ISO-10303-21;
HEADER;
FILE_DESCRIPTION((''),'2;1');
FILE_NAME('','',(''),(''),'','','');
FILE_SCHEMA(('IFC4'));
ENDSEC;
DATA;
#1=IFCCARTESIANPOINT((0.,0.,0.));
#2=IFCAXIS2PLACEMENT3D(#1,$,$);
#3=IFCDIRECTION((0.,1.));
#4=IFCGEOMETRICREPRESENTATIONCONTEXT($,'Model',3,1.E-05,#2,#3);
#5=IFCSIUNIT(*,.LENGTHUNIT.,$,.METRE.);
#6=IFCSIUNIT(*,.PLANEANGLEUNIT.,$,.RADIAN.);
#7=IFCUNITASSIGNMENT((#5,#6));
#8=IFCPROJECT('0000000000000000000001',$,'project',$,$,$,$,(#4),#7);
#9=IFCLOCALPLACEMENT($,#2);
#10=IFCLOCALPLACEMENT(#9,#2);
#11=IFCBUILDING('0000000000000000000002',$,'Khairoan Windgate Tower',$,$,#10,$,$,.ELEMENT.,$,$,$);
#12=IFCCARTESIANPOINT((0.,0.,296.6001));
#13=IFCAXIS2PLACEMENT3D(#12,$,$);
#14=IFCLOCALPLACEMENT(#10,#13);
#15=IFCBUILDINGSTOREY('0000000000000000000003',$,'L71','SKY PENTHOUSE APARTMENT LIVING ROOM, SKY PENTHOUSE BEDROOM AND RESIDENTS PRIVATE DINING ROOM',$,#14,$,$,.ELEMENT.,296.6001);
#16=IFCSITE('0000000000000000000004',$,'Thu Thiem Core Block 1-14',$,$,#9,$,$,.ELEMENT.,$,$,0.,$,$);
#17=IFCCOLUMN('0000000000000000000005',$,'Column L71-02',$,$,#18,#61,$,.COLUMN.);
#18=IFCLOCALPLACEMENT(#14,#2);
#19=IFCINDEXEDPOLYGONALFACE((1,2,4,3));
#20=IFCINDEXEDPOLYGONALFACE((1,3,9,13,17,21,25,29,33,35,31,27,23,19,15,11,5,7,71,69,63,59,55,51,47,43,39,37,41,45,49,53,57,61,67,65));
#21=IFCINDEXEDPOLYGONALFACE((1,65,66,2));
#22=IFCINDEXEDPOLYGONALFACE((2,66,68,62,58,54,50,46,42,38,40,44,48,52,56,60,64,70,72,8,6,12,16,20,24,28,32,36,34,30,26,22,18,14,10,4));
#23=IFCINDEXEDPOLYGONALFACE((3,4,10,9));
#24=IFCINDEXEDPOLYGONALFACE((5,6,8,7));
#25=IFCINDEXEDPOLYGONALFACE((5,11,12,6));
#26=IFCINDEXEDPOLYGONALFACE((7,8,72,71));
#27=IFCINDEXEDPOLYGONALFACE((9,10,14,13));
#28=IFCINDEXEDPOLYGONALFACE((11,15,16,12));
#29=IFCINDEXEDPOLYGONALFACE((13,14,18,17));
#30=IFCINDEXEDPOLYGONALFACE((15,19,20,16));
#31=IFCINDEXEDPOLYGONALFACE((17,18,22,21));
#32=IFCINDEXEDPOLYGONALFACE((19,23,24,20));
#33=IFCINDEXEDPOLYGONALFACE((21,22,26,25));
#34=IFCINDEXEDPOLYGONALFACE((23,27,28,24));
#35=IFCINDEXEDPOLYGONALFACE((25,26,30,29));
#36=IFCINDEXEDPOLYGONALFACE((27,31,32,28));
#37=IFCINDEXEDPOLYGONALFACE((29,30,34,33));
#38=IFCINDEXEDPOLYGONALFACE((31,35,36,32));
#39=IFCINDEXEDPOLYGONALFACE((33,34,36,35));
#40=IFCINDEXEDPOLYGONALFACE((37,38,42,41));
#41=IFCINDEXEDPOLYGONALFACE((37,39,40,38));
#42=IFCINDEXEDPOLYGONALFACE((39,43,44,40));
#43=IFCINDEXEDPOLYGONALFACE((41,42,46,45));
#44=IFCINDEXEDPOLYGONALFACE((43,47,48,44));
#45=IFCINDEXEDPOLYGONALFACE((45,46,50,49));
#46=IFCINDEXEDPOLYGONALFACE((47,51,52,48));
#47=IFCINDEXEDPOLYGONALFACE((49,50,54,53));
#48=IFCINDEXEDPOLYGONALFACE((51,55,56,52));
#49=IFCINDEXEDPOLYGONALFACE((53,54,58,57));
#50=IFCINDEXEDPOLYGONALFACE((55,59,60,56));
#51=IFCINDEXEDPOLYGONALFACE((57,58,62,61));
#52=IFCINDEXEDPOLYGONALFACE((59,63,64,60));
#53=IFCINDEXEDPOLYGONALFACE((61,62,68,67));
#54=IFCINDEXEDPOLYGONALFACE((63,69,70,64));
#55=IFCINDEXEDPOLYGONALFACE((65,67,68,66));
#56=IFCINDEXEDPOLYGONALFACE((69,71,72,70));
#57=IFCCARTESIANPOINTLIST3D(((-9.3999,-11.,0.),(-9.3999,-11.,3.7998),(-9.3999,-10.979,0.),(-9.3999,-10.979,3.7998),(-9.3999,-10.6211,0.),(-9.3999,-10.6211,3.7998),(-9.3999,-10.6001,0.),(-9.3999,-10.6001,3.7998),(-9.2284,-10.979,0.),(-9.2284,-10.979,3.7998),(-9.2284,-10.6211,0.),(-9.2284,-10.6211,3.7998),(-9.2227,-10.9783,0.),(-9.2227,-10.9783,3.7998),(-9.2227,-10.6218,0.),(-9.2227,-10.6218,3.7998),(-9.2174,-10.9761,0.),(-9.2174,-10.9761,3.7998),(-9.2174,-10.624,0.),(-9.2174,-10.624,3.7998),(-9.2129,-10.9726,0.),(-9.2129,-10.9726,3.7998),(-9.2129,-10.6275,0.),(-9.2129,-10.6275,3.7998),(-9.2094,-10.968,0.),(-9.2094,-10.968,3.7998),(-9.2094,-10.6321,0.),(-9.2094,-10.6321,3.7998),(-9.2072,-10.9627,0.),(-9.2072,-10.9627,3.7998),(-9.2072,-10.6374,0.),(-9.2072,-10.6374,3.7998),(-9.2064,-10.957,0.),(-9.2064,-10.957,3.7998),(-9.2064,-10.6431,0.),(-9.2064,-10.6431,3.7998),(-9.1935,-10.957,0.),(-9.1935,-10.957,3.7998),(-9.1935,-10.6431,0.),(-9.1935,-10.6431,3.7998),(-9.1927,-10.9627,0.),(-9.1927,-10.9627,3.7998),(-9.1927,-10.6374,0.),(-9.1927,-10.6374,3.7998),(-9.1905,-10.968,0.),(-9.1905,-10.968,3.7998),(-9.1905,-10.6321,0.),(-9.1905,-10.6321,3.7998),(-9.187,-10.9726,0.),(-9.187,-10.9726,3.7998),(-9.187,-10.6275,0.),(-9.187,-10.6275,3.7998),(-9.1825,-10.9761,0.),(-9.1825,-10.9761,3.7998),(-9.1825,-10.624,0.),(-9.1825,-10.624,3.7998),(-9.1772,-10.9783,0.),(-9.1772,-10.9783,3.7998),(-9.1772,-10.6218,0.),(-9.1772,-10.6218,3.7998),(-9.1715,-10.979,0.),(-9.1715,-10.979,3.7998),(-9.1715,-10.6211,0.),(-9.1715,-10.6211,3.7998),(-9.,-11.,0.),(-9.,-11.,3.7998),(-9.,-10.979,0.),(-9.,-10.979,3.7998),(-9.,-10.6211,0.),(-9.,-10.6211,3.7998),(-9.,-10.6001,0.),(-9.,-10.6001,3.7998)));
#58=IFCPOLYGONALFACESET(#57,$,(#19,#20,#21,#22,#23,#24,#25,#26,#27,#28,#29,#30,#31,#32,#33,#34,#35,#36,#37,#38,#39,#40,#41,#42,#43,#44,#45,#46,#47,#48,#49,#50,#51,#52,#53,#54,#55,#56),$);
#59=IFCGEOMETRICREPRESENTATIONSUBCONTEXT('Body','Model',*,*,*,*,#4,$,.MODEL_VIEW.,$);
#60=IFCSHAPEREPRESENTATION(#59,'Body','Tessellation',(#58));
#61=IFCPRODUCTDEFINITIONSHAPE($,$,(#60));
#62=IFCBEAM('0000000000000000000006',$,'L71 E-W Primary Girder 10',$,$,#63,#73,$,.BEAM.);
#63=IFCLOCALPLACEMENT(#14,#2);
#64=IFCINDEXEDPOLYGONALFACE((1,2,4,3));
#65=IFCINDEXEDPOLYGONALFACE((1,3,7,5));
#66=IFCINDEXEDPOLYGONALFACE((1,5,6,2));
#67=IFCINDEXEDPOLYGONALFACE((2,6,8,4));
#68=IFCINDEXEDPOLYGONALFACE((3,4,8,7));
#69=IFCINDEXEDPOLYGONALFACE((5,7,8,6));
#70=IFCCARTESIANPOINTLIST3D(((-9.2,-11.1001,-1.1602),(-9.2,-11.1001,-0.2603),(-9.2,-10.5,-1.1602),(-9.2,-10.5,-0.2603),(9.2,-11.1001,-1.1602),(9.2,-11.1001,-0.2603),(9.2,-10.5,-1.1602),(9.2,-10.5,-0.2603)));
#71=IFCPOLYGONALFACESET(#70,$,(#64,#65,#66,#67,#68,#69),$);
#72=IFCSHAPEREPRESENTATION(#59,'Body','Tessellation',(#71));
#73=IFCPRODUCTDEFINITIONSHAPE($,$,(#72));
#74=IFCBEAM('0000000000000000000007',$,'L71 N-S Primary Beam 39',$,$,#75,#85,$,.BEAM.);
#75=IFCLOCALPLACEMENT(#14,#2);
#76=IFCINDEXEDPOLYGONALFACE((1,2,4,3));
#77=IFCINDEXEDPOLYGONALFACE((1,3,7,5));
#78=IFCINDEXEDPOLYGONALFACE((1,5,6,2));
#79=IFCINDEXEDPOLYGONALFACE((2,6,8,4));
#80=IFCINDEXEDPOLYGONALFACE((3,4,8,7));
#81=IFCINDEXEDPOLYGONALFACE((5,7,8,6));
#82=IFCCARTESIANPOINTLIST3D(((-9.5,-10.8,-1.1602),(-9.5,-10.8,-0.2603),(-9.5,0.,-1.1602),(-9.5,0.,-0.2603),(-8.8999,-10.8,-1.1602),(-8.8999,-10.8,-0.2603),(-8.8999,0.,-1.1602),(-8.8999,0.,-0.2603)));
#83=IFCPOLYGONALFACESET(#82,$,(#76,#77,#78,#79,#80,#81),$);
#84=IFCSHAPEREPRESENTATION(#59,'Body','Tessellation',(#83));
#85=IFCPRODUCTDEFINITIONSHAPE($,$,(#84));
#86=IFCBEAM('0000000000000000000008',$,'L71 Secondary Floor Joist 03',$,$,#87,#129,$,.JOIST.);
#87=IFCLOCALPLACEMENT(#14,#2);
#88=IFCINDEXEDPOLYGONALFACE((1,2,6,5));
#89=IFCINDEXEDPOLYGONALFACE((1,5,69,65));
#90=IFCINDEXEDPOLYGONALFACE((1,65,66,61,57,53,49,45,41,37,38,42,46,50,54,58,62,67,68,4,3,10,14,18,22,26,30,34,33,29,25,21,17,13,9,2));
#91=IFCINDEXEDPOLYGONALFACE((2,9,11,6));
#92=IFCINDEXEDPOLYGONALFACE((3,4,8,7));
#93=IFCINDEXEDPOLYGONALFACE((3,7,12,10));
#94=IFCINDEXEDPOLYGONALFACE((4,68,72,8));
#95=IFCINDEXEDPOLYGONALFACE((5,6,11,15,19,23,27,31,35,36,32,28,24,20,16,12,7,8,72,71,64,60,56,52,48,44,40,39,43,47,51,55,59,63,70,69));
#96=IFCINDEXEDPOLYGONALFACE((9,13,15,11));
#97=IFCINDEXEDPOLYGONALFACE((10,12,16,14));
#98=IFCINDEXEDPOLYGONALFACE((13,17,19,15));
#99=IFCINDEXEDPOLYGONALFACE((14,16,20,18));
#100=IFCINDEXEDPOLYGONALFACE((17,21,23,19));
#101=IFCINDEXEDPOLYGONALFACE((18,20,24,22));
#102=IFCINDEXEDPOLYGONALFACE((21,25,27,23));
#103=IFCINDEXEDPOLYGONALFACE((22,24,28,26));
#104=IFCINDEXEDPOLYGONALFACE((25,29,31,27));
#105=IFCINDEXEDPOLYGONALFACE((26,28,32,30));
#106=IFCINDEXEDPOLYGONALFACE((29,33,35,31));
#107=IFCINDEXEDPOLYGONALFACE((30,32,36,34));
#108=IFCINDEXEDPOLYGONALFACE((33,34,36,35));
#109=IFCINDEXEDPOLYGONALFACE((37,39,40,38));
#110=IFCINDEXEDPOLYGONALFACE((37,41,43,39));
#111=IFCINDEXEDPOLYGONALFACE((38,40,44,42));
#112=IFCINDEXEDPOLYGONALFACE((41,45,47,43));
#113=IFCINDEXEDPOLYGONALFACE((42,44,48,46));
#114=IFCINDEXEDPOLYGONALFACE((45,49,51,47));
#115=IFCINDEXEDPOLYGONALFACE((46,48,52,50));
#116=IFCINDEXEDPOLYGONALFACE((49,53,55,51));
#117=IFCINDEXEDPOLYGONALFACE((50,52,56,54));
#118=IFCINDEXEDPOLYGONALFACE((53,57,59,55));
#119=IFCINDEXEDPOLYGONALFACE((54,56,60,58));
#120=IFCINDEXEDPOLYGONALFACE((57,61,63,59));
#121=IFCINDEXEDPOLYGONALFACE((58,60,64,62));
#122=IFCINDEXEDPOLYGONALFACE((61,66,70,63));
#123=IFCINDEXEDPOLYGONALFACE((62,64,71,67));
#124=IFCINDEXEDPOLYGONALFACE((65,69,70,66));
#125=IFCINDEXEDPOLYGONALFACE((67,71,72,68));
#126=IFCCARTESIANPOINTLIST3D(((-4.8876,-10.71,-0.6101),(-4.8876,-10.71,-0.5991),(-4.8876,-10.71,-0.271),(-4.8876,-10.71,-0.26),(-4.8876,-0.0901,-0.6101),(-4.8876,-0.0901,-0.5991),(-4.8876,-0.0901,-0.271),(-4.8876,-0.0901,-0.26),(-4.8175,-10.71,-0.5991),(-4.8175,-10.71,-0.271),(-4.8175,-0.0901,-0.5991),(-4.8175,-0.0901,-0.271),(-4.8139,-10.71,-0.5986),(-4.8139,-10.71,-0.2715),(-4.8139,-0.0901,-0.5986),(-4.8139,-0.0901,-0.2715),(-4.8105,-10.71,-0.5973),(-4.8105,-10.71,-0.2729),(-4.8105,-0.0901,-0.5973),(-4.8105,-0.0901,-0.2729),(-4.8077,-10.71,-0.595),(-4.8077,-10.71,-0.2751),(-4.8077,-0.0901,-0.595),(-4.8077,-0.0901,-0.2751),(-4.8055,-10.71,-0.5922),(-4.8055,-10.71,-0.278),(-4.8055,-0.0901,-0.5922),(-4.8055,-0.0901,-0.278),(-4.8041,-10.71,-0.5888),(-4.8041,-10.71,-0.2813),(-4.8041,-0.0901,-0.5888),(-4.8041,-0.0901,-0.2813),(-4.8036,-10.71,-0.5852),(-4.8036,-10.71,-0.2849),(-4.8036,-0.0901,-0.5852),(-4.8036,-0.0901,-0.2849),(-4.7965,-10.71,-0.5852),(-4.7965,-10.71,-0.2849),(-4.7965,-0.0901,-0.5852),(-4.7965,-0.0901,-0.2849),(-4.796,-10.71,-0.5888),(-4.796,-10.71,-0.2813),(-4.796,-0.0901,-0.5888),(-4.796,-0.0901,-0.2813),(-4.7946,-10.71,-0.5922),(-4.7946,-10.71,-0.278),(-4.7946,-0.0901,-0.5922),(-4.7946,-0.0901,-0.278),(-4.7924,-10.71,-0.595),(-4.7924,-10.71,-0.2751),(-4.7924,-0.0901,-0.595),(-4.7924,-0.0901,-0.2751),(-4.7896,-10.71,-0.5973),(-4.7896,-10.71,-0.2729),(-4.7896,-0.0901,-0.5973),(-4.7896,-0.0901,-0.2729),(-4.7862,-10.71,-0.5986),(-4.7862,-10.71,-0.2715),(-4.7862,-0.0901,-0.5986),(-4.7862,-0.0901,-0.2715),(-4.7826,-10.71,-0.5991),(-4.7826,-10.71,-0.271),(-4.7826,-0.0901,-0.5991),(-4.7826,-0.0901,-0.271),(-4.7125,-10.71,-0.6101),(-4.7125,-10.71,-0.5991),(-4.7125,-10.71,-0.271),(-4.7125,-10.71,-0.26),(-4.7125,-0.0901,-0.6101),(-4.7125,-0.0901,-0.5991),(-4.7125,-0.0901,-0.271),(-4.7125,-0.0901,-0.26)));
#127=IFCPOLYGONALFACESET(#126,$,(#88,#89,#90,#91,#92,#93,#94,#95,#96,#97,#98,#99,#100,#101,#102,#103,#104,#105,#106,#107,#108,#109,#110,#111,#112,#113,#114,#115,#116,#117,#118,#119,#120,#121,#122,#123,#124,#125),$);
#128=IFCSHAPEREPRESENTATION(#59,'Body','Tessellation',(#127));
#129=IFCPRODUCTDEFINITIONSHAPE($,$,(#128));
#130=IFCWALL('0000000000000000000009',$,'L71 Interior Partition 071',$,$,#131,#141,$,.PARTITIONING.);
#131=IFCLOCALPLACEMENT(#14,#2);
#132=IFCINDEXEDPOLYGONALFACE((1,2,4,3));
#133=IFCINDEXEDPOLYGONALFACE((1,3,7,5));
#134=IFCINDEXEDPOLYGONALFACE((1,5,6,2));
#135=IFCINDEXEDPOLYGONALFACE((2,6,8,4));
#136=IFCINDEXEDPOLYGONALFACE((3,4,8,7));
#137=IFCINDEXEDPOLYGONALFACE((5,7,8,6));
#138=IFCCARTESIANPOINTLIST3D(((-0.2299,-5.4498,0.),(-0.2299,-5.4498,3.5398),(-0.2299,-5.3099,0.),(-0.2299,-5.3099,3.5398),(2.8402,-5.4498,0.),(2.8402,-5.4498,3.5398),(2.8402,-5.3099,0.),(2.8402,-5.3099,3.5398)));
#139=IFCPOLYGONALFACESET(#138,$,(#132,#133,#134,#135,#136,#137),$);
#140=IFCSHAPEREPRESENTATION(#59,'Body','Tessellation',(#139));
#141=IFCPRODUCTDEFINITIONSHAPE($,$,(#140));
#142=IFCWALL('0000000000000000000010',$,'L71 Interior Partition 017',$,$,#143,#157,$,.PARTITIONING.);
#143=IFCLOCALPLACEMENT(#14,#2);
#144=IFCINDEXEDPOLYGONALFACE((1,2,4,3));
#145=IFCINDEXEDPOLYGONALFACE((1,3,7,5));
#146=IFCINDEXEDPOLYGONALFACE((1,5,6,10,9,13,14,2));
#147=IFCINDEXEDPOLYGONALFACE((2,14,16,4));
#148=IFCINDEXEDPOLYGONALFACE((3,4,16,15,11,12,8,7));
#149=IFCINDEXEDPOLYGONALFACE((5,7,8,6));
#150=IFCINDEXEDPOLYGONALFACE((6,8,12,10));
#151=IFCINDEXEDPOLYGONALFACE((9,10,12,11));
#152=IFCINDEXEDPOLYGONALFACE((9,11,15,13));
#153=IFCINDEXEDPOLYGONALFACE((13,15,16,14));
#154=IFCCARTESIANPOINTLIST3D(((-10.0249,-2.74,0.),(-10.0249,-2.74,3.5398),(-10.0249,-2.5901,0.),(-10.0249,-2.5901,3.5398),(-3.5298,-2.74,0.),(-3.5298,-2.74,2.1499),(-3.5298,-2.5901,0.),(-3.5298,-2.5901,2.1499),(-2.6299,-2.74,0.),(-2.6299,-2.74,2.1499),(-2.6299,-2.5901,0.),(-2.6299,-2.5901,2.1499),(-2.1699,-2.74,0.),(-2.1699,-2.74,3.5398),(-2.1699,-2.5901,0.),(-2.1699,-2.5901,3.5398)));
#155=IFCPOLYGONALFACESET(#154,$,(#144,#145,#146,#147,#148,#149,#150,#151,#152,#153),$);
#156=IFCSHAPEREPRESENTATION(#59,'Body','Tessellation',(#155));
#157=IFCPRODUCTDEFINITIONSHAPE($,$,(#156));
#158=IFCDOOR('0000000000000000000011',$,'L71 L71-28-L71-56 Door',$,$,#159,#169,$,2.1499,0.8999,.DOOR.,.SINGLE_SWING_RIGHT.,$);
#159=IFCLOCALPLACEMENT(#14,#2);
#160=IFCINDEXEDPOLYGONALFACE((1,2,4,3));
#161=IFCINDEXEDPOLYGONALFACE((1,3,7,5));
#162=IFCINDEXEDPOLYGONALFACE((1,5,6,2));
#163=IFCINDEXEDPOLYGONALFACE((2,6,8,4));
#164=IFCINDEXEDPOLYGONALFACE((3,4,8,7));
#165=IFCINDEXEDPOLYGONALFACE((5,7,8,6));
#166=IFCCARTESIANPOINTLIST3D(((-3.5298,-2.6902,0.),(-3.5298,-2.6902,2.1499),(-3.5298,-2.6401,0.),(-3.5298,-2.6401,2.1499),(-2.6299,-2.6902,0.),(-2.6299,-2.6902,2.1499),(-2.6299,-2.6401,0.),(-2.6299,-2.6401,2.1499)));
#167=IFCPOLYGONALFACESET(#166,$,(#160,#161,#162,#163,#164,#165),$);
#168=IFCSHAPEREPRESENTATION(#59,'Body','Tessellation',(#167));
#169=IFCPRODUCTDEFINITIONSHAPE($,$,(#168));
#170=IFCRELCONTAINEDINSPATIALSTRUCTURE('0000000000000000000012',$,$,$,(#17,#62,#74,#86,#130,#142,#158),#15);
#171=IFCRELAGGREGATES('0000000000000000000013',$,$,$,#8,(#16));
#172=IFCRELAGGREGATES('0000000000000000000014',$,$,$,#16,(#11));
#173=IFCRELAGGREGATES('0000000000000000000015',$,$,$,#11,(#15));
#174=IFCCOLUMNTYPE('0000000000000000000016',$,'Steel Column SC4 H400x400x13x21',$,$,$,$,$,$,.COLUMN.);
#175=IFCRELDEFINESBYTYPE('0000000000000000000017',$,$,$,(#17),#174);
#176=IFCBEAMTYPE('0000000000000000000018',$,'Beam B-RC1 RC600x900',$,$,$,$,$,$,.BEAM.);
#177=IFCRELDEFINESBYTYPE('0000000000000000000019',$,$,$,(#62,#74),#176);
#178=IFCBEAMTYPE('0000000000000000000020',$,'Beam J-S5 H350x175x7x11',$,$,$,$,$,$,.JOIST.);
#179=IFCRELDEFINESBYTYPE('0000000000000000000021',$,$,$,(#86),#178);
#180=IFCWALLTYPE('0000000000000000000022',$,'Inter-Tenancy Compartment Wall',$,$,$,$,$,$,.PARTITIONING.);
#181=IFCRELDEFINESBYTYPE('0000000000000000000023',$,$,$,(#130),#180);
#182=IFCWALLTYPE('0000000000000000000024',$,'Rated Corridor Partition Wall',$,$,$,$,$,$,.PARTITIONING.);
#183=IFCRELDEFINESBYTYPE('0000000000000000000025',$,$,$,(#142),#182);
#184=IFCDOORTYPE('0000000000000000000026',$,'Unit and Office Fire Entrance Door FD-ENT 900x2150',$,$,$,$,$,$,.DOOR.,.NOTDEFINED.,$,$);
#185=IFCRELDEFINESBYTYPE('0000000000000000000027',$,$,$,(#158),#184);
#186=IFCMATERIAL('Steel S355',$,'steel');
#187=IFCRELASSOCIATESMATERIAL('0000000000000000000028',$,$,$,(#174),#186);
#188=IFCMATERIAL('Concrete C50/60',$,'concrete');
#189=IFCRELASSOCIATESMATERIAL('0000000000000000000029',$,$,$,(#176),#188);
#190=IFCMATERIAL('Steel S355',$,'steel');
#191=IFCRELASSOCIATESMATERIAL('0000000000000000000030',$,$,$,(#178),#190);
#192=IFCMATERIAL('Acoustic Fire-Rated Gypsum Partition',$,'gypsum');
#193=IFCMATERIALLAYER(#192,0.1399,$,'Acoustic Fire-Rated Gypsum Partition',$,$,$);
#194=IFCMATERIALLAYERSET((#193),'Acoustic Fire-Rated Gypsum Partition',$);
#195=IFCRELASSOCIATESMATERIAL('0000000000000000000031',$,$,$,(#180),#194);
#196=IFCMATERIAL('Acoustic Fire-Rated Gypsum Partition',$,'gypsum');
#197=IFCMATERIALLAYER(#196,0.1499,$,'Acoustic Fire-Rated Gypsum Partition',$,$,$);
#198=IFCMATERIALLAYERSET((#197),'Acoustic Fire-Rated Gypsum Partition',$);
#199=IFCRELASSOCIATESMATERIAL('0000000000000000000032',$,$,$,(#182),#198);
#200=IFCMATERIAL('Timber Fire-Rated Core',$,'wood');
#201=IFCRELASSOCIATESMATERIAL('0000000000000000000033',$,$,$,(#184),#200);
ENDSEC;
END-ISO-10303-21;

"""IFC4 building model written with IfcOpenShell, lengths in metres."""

from ifc_helpers import new_model, si_unit, direction, frame, frame_2d, origin, origin_2d, place, context, subcontext, project, spatial, rectangle, i_section, extrude, material, layer, layer_set, material_profile, profile_set, type_object, element, fill, save


model = new_model("IFC4")

# Units and contexts
model_context = context("Model", 3, precision=1e-05, world=origin(), true_north=direction((0.0, 1.0)))
body_context = subcontext(model_context, "Body", "Model", "MODEL_VIEW")
ifc_project = project(units=[si_unit("LENGTHUNIT", "METRE"), si_unit("PLANEANGLEUNIT", "RADIAN")], contexts=[model_context])

# Site, building, storey
site_placement = place(None, origin())
site = spatial("IfcSite", under=ifc_project, at=site_placement, Name="Thu Thiem Core Block 1-14", CompositionType="ELEMENT", RefElevation=0.0)
building_placement = place(site_placement, origin())
building = spatial("IfcBuilding", under=site, at=building_placement, Name="Khairoan Windgate Tower", CompositionType="ELEMENT")
storey_placement = place(building_placement, frame((0.0, 0.0, 296.6001)))
storey = spatial("IfcBuildingStorey", under=building, at=storey_placement, Name="L71", Description="SKY PENTHOUSE APARTMENT LIVING ROOM, SKY PENTHOUSE BEDROOM AND RESIDENTS PRIVATE DINING ROOM", CompositionType="ELEMENT", Elevation=296.6001)

# Column
ifc_material_1 = material(Name="Steel S355", Category="steel")
ifc_material_profile_1 = material_profile(ifc_material_1, i_section(OverallWidth=0.3999, OverallDepth=0.3999, WebThickness=0.0129, FlangeThickness=0.021, FilletRadius=0.022, at=origin_2d()))
ifc_profile_set_1 = profile_set([ifc_material_profile_1], Name="Steel S355")
column_type = type_object("IfcColumnType", Name="Steel Column SC4 H400x400x13x21", PredefinedType="COLUMN", material=ifc_profile_set_1)
column_placement = place(storey_placement, frame((-9.2, -10.8, 0.0), z_axis=(0.0, 0.0, 1.0), x_axis=(1.0, 0.0, 0.0)))
element("IfcColumn", 1, at=column_placement, inside=storey, type_object=column_type, Name="Column L71-02", PredefinedType="COLUMN", context=body_context, shape_type="SweptSolid", body=[
    extrude(i_section(OverallWidth=0.3999, OverallDepth=0.3999, WebThickness=0.0129, FlangeThickness=0.021, FilletRadius=0.022, at=origin_2d()), origin(), (0.0, 0.0, 1.0), 3.7998),
])

# Beams
ifc_material_2 = material(Name="Concrete C50/60", Category="concrete")
ifc_material_profile_2 = material_profile(ifc_material_2, rectangle(XDim=0.6001, YDim=0.8999, at=origin_2d()))
ifc_profile_set_2 = profile_set([ifc_material_profile_2], Name="Concrete C50/60")
beam_type_1 = type_object("IfcBeamType", Name="Beam B-RC1 RC600x900", PredefinedType="BEAM", material=ifc_profile_set_2)
beam_1_placement = place(storey_placement, frame((-9.2, -10.8, -0.7102), z_axis=(1.0, 0.0, 0.0), x_axis=(0.0, 1.0, 0.0)))
element("IfcBeam", 2, at=beam_1_placement, inside=storey, type_object=beam_type_1, Name="L71 E-W Primary Girder 10", PredefinedType="BEAM", context=body_context, shape_type="SweptSolid", body=[
    extrude(rectangle(XDim=0.6001, YDim=0.8999, at=origin_2d()), origin(), (0.0, 0.0, 1.0), 18.3999),
])
beam_2_placement = place(storey_placement, frame((-9.2, -10.8, -0.7102), z_axis=(0.0, 1.0, 0.0), x_axis=(-1.0, 0.0, 0.0)))
element("IfcBeam", 3, at=beam_2_placement, inside=storey, type_object=beam_type_1, Name="L71 N-S Primary Beam 39", PredefinedType="BEAM", context=body_context, shape_type="SweptSolid", body=[
    extrude(rectangle(XDim=0.6001, YDim=0.8999, at=origin_2d()), origin(), (0.0, 0.0, 1.0), 10.8),
])
ifc_material_3 = material(Name="Steel S355", Category="steel")
ifc_material_profile_3 = material_profile(ifc_material_3, i_section(OverallWidth=0.175, OverallDepth=0.3501, WebThickness=0.0071, FlangeThickness=0.011, FilletRadius=0.0139, at=origin_2d()))
ifc_profile_set_3 = profile_set([ifc_material_profile_3], Name="Steel S355")
beam_type_2 = type_object("IfcBeamType", Name="Beam J-S5 H350x175x7x11", PredefinedType="JOIST", material=ifc_profile_set_3)
beam_3_placement = place(storey_placement, frame((-4.8, -10.71, -0.4351), z_axis=(0.0, 1.0, 0.0), x_axis=(-1.0, 0.0, 0.0)))
element("IfcBeam", 4, at=beam_3_placement, inside=storey, type_object=beam_type_2, Name="L71 Secondary Floor Joist 03", PredefinedType="JOIST", context=body_context, shape_type="SweptSolid", body=[
    extrude(i_section(OverallWidth=0.175, OverallDepth=0.3501, WebThickness=0.0071, FlangeThickness=0.011, FilletRadius=0.0139, at=origin_2d()), origin(), (0.0, 0.0, 1.0), 10.6199),
])

# Wall
ifc_material_4 = material(Name="Acoustic Fire-Rated Gypsum Partition", Category="gypsum")
ifc_layer_1 = layer(ifc_material_4, 0.1399, Name="Acoustic Fire-Rated Gypsum Partition")
ifc_layer_set_1 = layer_set([ifc_layer_1], Name="Acoustic Fire-Rated Gypsum Partition")
wall_type_1 = type_object("IfcWallType", Name="Inter-Tenancy Compartment Wall", PredefinedType="PARTITIONING", material=ifc_layer_set_1)
wall_1_placement = place(storey_placement, frame((-0.23, -5.3799, 0.0), z_axis=(0.0, 0.0, 1.0), x_axis=(1.0, 0.0, 0.0)))
element("IfcWall", 5, at=wall_1_placement, inside=storey, type_object=wall_type_1, Name="L71 Interior Partition 071", PredefinedType="PARTITIONING", context=body_context, shape_type="SweptSolid", body=[
    extrude(rectangle(XDim=3.0701, YDim=0.1399, at=frame_2d((1.5352, 0.0))), origin(), (0.0, 0.0, 1.0), 3.5398),
])

# Wall, opening, door
ifc_material_5 = material(Name="Acoustic Fire-Rated Gypsum Partition", Category="gypsum")
ifc_layer_2 = layer(ifc_material_5, 0.1499, Name="Acoustic Fire-Rated Gypsum Partition")
ifc_layer_set_2 = layer_set([ifc_layer_2], Name="Acoustic Fire-Rated Gypsum Partition")
wall_type_2 = type_object("IfcWallType", Name="Rated Corridor Partition Wall", PredefinedType="PARTITIONING", material=ifc_layer_set_2)
wall_2_placement = place(storey_placement, frame((-10.0249, -2.665, 0.0), z_axis=(0.0, 0.0, 1.0), x_axis=(1.0, 0.0, 0.0)))
wall_2 = element("IfcWall", 6, at=wall_2_placement, inside=storey, type_object=wall_type_2, Name="L71 Interior Partition 017", PredefinedType="PARTITIONING", context=body_context, shape_type="SweptSolid", body=[
    extrude(rectangle(XDim=7.855, YDim=0.1499, at=frame_2d((3.9275, 0.0))), origin(), (0.0, 0.0, 1.0), 3.5398),
])
opening_1_placement = place(wall_2_placement, frame((6.4951, 0.0, 0.0)))
opening_1 = element("IfcOpeningElement", 7, at=opening_1_placement, cuts=wall_2, PredefinedType="OPENING", context=body_context, shape_type="SweptSolid", body=[
    extrude(rectangle(XDim=0.8999, YDim=2.1499, at=frame_2d((0.45, 1.075))), frame((0.0, 0.085, 0.0), z_axis=(0.0, -1.0, 0.0), x_axis=(1.0, 0.0, 0.0)), (0.0, 0.0, 1.0), 0.1699),
])
ifc_material_6 = material(Name="Timber Fire-Rated Core", Category="wood")
door_type = type_object("IfcDoorType", Name="Unit and Office Fire Entrance Door FD-ENT 900x2150", OperationType="NOTDEFINED", PredefinedType="DOOR", material=ifc_material_6)
door_1_placement = place(opening_1_placement, origin())
door_1 = element("IfcDoor", 8, at=door_1_placement, inside=storey, type_object=door_type, Name="L71 L71-28-L71-56 Door", OperationType="SINGLE_SWING_RIGHT", OverallHeight=2.1499, OverallWidth=0.8999, PredefinedType="DOOR", context=body_context, shape_type="SweptSolid", body=[
    extrude(rectangle(XDim=0.8999, YDim=2.1499, at=frame_2d((0.45, 1.075))), frame((0.0, 0.0249, 0.0), z_axis=(0.0, -1.0, 0.0), x_axis=(1.0, 0.0, 0.0)), (0.0, 0.0, 1.0), 0.05),
])
fill(opening_1, door_1)

save(model, "model.ifc")
